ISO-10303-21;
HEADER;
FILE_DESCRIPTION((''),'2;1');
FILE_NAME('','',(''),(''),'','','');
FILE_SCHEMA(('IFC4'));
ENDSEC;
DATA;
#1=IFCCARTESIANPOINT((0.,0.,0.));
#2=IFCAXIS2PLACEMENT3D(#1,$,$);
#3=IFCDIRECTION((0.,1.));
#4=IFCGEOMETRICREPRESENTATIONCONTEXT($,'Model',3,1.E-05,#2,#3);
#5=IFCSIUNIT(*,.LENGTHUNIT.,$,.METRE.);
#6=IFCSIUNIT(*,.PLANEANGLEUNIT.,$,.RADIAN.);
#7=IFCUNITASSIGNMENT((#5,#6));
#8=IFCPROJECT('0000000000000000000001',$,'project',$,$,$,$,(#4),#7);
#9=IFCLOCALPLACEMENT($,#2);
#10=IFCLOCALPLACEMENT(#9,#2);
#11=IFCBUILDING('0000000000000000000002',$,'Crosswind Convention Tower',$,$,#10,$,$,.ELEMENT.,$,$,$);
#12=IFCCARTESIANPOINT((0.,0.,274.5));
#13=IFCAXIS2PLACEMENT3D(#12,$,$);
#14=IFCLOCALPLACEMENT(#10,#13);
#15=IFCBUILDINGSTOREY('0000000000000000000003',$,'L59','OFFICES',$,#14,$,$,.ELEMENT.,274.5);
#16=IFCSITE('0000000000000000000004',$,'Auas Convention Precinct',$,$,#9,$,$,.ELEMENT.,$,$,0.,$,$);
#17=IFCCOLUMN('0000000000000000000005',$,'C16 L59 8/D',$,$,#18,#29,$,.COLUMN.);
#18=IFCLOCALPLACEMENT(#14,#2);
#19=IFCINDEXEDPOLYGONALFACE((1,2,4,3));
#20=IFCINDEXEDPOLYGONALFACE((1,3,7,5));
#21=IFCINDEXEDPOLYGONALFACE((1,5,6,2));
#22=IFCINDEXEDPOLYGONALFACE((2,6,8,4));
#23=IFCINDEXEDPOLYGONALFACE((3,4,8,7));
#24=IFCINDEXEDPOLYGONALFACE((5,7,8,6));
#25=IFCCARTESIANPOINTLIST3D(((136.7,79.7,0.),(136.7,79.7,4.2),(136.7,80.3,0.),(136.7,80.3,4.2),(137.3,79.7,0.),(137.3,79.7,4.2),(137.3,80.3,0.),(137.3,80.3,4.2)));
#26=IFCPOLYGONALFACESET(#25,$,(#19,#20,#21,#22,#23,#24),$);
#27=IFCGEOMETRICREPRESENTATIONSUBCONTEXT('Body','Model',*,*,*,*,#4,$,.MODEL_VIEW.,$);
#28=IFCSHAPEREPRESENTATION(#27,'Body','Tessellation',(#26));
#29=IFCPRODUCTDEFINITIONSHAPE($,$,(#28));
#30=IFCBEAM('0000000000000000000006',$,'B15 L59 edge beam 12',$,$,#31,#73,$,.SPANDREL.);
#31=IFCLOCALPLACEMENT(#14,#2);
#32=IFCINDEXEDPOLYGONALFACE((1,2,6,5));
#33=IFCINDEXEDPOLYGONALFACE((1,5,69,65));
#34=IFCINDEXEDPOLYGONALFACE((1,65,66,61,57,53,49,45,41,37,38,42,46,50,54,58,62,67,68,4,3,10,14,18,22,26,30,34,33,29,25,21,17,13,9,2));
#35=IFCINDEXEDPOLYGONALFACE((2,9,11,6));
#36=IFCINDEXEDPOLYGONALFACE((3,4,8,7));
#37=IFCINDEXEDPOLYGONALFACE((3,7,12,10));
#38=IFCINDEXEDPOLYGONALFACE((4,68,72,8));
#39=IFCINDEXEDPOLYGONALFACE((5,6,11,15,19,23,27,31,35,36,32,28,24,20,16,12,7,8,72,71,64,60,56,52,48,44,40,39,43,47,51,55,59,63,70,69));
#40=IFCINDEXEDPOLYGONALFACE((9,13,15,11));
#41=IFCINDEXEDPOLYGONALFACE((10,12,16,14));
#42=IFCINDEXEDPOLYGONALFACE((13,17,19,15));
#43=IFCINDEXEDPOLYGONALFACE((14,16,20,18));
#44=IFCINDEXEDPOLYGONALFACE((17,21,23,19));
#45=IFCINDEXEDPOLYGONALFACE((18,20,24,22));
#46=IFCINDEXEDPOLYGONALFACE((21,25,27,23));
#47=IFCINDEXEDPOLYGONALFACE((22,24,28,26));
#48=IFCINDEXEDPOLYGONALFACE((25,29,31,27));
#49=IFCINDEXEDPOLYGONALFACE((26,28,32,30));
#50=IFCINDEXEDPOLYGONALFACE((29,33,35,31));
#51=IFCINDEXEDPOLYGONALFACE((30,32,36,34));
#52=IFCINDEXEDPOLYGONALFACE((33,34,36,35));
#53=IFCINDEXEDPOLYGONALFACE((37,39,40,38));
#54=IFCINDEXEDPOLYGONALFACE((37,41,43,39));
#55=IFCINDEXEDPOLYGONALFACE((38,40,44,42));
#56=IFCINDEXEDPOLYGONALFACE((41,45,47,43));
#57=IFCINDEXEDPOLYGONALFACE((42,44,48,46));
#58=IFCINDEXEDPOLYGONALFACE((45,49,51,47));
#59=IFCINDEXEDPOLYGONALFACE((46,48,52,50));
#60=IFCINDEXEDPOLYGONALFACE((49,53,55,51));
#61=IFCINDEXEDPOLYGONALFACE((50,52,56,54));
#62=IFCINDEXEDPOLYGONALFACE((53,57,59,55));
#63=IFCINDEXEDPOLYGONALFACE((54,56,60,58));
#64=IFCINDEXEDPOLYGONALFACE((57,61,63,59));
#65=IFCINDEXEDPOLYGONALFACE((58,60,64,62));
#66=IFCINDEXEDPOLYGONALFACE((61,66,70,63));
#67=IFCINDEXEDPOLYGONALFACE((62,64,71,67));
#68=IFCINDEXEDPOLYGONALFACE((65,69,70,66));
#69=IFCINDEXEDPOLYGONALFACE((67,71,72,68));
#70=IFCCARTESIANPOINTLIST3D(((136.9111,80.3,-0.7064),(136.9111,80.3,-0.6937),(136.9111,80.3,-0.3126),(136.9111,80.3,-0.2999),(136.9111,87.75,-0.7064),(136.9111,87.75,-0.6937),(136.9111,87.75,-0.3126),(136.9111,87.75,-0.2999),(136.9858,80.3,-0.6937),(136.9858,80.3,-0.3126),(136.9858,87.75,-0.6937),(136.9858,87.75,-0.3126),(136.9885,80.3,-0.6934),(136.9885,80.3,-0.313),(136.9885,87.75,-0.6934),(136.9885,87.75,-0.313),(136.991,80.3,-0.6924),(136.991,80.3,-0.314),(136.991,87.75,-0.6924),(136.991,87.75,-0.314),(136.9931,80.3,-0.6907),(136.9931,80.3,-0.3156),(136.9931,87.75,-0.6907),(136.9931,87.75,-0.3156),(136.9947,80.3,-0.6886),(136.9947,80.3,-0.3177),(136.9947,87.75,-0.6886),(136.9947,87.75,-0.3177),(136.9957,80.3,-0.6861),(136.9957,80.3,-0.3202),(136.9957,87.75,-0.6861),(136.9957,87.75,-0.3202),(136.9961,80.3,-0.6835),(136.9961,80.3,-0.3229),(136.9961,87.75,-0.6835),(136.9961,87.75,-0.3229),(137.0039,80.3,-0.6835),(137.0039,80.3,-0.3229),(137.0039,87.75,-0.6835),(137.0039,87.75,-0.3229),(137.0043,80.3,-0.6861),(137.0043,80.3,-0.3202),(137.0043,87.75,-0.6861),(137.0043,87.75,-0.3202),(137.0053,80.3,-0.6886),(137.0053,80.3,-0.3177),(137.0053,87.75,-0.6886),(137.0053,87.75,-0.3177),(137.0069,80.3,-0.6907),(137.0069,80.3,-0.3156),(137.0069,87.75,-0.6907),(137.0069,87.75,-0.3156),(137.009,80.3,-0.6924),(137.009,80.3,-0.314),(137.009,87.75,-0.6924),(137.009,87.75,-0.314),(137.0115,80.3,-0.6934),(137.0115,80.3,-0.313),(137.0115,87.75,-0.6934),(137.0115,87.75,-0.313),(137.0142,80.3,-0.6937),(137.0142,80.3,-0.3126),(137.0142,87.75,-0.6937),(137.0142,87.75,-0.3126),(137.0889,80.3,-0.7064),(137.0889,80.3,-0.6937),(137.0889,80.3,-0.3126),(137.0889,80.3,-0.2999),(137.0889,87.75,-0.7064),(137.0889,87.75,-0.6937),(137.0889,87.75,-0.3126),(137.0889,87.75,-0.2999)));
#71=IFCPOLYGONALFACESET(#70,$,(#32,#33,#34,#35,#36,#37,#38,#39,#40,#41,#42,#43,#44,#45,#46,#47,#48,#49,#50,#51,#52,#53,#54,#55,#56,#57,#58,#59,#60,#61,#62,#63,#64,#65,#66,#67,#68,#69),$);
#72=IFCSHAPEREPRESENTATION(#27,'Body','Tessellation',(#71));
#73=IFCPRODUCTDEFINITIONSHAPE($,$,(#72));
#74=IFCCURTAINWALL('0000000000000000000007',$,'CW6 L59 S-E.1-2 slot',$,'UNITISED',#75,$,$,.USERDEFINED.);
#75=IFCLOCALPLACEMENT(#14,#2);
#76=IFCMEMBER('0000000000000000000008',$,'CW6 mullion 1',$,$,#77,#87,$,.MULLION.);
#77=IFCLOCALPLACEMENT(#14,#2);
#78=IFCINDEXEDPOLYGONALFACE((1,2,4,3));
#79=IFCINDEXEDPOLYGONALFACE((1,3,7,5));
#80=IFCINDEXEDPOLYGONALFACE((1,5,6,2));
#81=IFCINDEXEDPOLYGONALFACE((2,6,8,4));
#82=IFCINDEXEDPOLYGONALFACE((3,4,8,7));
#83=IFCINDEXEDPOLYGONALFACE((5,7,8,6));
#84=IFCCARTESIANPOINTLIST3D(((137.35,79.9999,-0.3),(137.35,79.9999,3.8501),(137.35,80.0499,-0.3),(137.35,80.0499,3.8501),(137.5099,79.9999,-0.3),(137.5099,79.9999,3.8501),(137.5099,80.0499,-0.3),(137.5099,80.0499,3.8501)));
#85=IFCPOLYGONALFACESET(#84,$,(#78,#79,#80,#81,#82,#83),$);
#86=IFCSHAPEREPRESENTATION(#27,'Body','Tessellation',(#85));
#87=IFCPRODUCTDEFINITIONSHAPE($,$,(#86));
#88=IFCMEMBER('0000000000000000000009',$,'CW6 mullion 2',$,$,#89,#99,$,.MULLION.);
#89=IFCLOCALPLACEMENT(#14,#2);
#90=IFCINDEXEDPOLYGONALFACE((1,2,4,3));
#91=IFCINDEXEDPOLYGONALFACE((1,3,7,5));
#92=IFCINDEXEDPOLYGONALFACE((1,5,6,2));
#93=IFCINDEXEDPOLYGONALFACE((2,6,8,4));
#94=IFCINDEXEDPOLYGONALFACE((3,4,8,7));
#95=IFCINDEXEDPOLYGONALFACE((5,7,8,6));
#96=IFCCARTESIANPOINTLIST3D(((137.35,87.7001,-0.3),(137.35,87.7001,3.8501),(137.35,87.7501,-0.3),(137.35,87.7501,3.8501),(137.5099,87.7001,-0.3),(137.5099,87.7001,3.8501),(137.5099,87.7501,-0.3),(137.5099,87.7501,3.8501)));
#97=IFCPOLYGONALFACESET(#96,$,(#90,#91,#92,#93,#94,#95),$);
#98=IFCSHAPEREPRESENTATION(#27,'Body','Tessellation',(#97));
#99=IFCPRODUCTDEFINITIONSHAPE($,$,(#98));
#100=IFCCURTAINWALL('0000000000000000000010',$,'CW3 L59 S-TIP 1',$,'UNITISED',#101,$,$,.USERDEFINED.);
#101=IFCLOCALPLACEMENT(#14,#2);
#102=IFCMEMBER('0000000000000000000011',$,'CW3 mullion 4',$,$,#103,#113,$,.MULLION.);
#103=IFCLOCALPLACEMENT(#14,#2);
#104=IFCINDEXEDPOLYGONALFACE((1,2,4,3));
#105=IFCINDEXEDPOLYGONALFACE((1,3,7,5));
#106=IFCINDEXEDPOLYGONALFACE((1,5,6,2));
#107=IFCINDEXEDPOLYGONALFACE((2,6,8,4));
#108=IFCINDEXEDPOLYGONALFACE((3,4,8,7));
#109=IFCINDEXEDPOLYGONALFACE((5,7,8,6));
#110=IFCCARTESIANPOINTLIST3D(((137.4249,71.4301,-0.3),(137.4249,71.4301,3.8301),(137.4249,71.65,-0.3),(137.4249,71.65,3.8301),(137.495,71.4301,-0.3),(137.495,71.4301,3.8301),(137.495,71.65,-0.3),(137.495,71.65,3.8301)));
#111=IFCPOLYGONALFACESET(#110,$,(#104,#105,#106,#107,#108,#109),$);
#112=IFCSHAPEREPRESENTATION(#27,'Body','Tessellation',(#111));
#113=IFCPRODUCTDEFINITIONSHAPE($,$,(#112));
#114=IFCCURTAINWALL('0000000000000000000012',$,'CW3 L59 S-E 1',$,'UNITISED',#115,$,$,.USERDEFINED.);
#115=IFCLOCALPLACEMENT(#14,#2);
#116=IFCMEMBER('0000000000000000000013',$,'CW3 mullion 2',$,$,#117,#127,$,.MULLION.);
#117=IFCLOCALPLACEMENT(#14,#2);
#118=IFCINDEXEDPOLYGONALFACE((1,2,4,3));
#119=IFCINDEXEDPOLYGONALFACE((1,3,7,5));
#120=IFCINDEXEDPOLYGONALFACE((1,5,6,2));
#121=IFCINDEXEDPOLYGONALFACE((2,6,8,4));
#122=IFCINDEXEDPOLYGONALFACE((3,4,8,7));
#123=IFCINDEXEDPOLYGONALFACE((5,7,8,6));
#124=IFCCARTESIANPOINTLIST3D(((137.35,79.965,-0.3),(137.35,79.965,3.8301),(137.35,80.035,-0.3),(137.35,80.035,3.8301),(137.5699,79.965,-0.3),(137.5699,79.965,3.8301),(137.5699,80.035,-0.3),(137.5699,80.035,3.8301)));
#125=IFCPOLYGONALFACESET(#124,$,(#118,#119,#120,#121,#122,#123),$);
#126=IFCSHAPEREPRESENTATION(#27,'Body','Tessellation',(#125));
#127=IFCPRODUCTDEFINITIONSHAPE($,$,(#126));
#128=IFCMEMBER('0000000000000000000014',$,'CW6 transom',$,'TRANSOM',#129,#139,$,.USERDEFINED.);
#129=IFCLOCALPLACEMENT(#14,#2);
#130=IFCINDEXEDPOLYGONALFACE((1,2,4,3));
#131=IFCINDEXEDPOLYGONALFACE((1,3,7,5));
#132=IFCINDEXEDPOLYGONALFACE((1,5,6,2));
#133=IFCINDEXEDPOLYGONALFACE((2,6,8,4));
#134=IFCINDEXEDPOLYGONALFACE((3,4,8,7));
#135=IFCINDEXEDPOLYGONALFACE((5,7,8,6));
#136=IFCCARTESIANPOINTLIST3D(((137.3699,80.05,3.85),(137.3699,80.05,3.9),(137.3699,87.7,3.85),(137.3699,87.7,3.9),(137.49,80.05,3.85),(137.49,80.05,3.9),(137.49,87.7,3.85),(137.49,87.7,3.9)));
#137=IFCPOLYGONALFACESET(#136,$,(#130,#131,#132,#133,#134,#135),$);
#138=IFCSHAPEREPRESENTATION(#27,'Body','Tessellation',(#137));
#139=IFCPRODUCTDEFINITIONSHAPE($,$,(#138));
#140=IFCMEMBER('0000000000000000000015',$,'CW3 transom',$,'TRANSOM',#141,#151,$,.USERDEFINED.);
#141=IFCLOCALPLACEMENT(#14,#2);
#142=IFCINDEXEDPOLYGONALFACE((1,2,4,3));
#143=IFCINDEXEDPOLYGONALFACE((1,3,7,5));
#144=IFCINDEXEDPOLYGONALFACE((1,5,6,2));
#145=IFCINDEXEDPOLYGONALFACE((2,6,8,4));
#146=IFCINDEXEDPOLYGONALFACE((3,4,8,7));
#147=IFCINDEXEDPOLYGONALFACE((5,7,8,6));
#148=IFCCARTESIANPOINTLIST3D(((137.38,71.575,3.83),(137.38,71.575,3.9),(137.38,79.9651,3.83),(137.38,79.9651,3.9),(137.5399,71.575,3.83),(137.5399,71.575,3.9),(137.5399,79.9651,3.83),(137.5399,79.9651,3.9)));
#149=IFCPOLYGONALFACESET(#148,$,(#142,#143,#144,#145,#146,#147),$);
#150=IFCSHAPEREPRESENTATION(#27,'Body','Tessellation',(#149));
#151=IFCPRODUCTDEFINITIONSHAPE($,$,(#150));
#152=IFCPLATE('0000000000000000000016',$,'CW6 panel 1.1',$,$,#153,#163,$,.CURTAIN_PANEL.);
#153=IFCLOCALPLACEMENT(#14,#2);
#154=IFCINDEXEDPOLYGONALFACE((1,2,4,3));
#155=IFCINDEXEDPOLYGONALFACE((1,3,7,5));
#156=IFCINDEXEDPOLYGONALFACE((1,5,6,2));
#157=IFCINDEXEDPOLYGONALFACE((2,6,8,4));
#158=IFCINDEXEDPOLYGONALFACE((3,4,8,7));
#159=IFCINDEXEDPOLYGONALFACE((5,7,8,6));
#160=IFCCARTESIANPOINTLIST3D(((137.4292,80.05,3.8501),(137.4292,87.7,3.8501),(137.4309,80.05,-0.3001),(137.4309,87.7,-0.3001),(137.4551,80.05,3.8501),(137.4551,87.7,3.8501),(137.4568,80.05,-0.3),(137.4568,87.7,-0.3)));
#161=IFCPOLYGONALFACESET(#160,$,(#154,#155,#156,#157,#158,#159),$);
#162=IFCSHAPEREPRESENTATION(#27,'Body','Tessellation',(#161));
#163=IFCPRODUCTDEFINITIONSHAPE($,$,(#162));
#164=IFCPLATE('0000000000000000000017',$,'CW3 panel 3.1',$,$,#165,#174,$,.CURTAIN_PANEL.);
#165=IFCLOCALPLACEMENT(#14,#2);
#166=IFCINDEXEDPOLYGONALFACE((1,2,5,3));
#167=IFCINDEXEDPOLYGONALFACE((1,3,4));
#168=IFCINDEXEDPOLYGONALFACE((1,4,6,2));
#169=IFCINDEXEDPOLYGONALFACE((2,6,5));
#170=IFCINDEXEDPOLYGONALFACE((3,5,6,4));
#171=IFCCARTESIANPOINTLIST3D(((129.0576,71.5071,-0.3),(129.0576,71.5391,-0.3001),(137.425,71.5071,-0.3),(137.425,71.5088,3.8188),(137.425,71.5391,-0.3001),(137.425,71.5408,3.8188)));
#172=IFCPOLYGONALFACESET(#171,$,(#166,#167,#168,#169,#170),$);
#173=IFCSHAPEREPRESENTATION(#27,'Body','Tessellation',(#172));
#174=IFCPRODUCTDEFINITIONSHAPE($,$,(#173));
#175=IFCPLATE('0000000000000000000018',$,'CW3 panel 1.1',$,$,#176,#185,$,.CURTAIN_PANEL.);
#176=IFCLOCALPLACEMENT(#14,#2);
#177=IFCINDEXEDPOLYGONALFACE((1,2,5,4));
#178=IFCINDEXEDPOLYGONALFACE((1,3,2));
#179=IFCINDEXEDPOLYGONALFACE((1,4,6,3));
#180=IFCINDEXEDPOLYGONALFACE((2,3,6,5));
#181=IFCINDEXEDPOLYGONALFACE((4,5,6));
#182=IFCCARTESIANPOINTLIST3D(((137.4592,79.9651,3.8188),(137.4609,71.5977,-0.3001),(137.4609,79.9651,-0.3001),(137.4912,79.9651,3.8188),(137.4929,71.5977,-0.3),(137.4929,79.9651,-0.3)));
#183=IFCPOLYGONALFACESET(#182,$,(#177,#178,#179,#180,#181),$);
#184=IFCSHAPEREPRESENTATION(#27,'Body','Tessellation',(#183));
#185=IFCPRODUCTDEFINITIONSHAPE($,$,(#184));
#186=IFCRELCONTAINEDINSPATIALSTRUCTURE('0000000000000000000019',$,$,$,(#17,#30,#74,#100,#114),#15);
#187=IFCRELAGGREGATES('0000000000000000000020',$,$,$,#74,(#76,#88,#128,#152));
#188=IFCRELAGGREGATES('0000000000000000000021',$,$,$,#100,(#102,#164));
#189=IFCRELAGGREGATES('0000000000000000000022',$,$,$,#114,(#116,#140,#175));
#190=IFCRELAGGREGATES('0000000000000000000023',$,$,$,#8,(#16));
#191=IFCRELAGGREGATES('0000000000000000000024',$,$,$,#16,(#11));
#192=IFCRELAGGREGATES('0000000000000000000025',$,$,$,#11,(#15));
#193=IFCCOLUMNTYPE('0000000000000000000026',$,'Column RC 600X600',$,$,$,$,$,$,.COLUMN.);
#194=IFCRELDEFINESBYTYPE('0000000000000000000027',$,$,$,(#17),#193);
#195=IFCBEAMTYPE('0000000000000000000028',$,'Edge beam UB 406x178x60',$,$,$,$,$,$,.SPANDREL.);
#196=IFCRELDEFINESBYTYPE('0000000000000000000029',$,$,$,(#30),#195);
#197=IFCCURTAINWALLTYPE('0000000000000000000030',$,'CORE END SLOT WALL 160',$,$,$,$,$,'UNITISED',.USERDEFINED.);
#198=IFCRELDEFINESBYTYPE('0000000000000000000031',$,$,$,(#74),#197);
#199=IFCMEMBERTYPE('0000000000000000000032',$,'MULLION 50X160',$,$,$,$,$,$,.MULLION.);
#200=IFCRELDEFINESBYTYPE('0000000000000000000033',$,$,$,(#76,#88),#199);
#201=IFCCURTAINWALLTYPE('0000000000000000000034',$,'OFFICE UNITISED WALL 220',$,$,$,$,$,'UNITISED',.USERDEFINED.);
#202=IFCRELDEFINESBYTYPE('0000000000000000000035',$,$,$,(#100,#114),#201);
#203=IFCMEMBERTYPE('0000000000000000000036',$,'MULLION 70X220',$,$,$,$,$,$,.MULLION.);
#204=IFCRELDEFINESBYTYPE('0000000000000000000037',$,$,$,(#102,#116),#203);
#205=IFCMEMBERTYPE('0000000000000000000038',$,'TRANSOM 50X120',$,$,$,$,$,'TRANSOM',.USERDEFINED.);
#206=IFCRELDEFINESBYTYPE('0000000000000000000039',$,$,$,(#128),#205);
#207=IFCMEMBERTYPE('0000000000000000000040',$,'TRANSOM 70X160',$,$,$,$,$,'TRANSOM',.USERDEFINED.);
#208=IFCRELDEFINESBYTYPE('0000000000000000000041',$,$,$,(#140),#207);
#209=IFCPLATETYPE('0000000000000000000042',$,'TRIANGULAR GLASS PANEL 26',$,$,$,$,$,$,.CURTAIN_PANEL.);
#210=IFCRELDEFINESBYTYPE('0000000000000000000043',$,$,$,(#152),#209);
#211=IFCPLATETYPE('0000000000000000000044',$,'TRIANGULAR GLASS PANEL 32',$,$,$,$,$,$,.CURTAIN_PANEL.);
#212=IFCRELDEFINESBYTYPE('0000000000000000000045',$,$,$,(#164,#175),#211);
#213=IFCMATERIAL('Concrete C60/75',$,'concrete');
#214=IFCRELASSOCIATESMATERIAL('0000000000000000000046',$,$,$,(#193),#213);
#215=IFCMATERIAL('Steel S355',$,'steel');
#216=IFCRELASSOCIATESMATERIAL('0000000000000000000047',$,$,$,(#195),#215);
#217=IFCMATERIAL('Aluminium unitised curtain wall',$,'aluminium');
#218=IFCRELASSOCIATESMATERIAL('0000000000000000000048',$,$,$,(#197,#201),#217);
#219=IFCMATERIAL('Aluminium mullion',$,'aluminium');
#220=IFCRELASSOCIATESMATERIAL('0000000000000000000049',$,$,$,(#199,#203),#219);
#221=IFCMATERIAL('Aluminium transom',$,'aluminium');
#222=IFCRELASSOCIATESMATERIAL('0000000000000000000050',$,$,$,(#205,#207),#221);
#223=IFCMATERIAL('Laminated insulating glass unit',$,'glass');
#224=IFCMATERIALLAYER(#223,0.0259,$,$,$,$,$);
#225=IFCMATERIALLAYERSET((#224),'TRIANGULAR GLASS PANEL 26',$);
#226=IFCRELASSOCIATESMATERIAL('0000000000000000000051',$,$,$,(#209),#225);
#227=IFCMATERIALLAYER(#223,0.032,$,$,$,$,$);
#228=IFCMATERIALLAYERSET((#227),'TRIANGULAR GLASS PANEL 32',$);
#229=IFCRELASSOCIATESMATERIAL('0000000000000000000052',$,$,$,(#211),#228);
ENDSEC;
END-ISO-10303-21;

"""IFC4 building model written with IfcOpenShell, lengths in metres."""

from ifc_helpers import new_model, si_unit, direction, frame, origin, origin_2d, place, context, subcontext, project, spatial, polyline, rectangle, i_section, outline, extrude, material, layer, layer_set, material_profile, profile_set, type_object, element, aggregate, save


model = new_model("IFC4")

# Units and contexts
model_context = context("Model", 3, precision=1e-05, world=origin(), true_north=direction((0.0, 1.0)))
body_context = subcontext(model_context, "Body", "Model", "MODEL_VIEW")
ifc_project = project(units=[si_unit("LENGTHUNIT", "METRE"), si_unit("PLANEANGLEUNIT", "RADIAN")], contexts=[model_context])

# Site, building, storey
site_placement = place(None, origin())
site = spatial("IfcSite", under=ifc_project, at=site_placement, Name="Auas Convention Precinct", CompositionType="ELEMENT", RefElevation=0.0)
building_placement = place(site_placement, origin())
building = spatial("IfcBuilding", under=site, at=building_placement, Name="Crosswind Convention Tower", CompositionType="ELEMENT")
storey_placement = place(building_placement, frame((0.0, 0.0, 274.5)))
storey = spatial("IfcBuildingStorey", under=building, at=storey_placement, Name="L59", Description="OFFICES", CompositionType="ELEMENT", Elevation=274.5)

# Column
ifc_material_1 = material(Name="Concrete C60/75", Category="concrete")
ifc_material_profile_1 = material_profile(ifc_material_1, rectangle(XDim=0.6001, YDim=0.6001, at=origin_2d()), Name="RC 600X600")
ifc_profile_set_1 = profile_set([ifc_material_profile_1], Name="Concrete C60/75")
column_type = type_object("IfcColumnType", Name="Column RC 600X600", PredefinedType="COLUMN", material=ifc_profile_set_1)
column_placement = place(storey_placement, frame((137.0, 80.0, 0.0), z_axis=(0.0, 0.0, 1.0), x_axis=(1.0, 0.0, 0.0)))
element("IfcColumn", 1, at=column_placement, inside=storey, type_object=column_type, Name="C16 L59 8/D", PredefinedType="COLUMN", context=body_context, shape_type="SweptSolid", body=[
    extrude(rectangle(XDim=0.6001, YDim=0.6001, at=origin_2d()), origin(), (0.0, 0.0, 1.0), 4.2),
])

# Beam
ifc_material_2 = material(Name="Steel S355", Category="steel")
ifc_material_profile_2 = material_profile(ifc_material_2, i_section(OverallWidth=0.1777, OverallDepth=0.4065, WebThickness=0.0078, FlangeThickness=0.0127, FilletRadius=0.0103, at=origin_2d()), Name="UB 406x178x60")
ifc_profile_set_2 = profile_set([ifc_material_profile_2], Name="Steel S355")
beam_type = type_object("IfcBeamType", Name="Edge beam UB 406x178x60", PredefinedType="SPANDREL", material=ifc_profile_set_2)
beam_placement = place(storey_placement, frame((137.0, 80.3, -0.5032), z_axis=(0.0, 1.0, 0.0), x_axis=(-1.0, 0.0, 0.0)))
element("IfcBeam", 2, at=beam_placement, inside=storey, type_object=beam_type, Name="B15 L59 edge beam 12", PredefinedType="SPANDREL", context=body_context, shape_type="SweptSolid", body=[
    extrude(i_section(OverallWidth=0.1777, OverallDepth=0.4065, WebThickness=0.0078, FlangeThickness=0.0127, FilletRadius=0.0103, at=origin_2d()), origin(), (0.0, 0.0, 1.0), 7.45),
])

# Curtain wall, members
ifc_material_3 = material(Name="Aluminium unitised curtain wall", Category="aluminium")
curtain_wall_type_1 = type_object("IfcCurtainWallType", Name="CORE END SLOT WALL 160", ElementType="UNITISED", PredefinedType="USERDEFINED", material=ifc_material_3)
curtain_wall_1_placement = place(storey_placement, origin())
curtain_wall_1 = element("IfcCurtainWall", 3, at=curtain_wall_1_placement, inside=storey, type_object=curtain_wall_type_1, Name="CW6 L59 S-E.1-2 slot", ObjectType="UNITISED", PredefinedType="USERDEFINED")
ifc_material_4 = material(Name="Aluminium mullion", Category="aluminium")
ifc_material_profile_3 = material_profile(ifc_material_4, rectangle(XDim=0.1599, YDim=0.05, at=origin_2d()), Name="AL 160X50")
ifc_profile_set_3 = profile_set([ifc_material_profile_3], Name="Aluminium mullion")
member_type_1 = type_object("IfcMemberType", Name="MULLION 50X160", PredefinedType="MULLION", material=ifc_profile_set_3)
member_1_placement = place(storey_placement, frame((137.4299, 80.0249, -0.3), z_axis=(0.0, 0.0, 1.0), x_axis=(1.0, 0.0, 0.0)))
member_1 = element("IfcMember", 4, at=member_1_placement, type_object=member_type_1, Name="CW6 mullion 1", PredefinedType="MULLION", context=body_context, shape_type="SweptSolid", body=[
    extrude(rectangle(XDim=0.1599, YDim=0.05, at=origin_2d()), origin(), (0.0, 0.0, 1.0), 4.1501),
])
member_2_placement = place(storey_placement, frame((137.4299, 87.7251, -0.3), z_axis=(0.0, 0.0, 1.0), x_axis=(1.0, 0.0, 0.0)))
member_2 = element("IfcMember", 5, at=member_2_placement, type_object=member_type_1, Name="CW6 mullion 2", PredefinedType="MULLION", context=body_context, shape_type="SweptSolid", body=[
    extrude(rectangle(XDim=0.1599, YDim=0.05, at=origin_2d()), origin(), (0.0, 0.0, 1.0), 4.1501),
])

# Curtain walls, members
curtain_wall_type_2 = type_object("IfcCurtainWallType", Name="OFFICE UNITISED WALL 220", ElementType="UNITISED", PredefinedType="USERDEFINED", material=ifc_material_3)
curtain_wall_2_placement = place(storey_placement, origin())
curtain_wall_2 = element("IfcCurtainWall", 6, at=curtain_wall_2_placement, inside=storey, type_object=curtain_wall_type_2, Name="CW3 L59 S-TIP 1", ObjectType="UNITISED", PredefinedType="USERDEFINED")
ifc_material_profile_4 = material_profile(ifc_material_4, rectangle(XDim=0.22, YDim=0.0701, at=origin_2d()), Name="AL 220X70")
ifc_profile_set_4 = profile_set([ifc_material_profile_4], Name="Aluminium mullion")
member_type_2 = type_object("IfcMemberType", Name="MULLION 70X220", PredefinedType="MULLION", material=ifc_profile_set_4)
member_3_placement = place(storey_placement, frame((137.46, 71.54, -0.3), z_axis=(0.0, 0.0, 1.0), x_axis=(0.0, -1.0, 0.0)))
member_3 = element("IfcMember", 7, at=member_3_placement, type_object=member_type_2, Name="CW3 mullion 4", PredefinedType="MULLION", context=body_context, shape_type="SweptSolid", body=[
    extrude(rectangle(XDim=0.22, YDim=0.0701, at=origin_2d()), origin(), (0.0, 0.0, 1.0), 4.1301),
])
curtain_wall_3_placement = place(storey_placement, origin())
curtain_wall_3 = element("IfcCurtainWall", 8, at=curtain_wall_3_placement, inside=storey, type_object=curtain_wall_type_2, Name="CW3 L59 S-E 1", ObjectType="UNITISED", PredefinedType="USERDEFINED")
member_4_placement = place(storey_placement, frame((137.46, 80.0, -0.3), z_axis=(0.0, 0.0, 1.0), x_axis=(1.0, 0.0, 0.0)))
member_4 = element("IfcMember", 9, at=member_4_placement, type_object=member_type_2, Name="CW3 mullion 2", PredefinedType="MULLION", context=body_context, shape_type="SweptSolid", body=[
    extrude(rectangle(XDim=0.22, YDim=0.0701, at=origin_2d()), origin(), (0.0, 0.0, 1.0), 4.1301),
])

# Members
ifc_material_5 = material(Name="Aluminium transom", Category="aluminium")
ifc_material_profile_5 = material_profile(ifc_material_5, rectangle(XDim=0.1201, YDim=0.05, at=origin_2d()), Name="AL 120X50")
ifc_profile_set_5 = profile_set([ifc_material_profile_5], Name="Aluminium transom")
member_type_3 = type_object("IfcMemberType", Name="TRANSOM 50X120", ElementType="TRANSOM", PredefinedType="USERDEFINED", material=ifc_profile_set_5)
member_5_placement = place(storey_placement, frame((137.4299, 80.05, 3.875), z_axis=(0.0, 1.0, 0.0), x_axis=(-1.0, 0.0, 0.0)))
member_5 = element("IfcMember", 10, at=member_5_placement, type_object=member_type_3, Name="CW6 transom", ObjectType="TRANSOM", PredefinedType="USERDEFINED", context=body_context, shape_type="SweptSolid", body=[
    extrude(rectangle(XDim=0.1201, YDim=0.05, at=origin_2d()), origin(), (0.0, 0.0, 1.0), 7.6499),
])
ifc_material_profile_6 = material_profile(ifc_material_5, rectangle(XDim=0.1599, YDim=0.0701, at=origin_2d()), Name="AL 160X70")
ifc_profile_set_6 = profile_set([ifc_material_profile_6], Name="Aluminium transom")
member_type_4 = type_object("IfcMemberType", Name="TRANSOM 70X160", ElementType="TRANSOM", PredefinedType="USERDEFINED", material=ifc_profile_set_6)
member_6_placement = place(storey_placement, frame((137.46, 71.575, 3.865), z_axis=(0.0, 1.0, 0.0), x_axis=(-1.0, 0.0, 0.0)))
member_6 = element("IfcMember", 11, at=member_6_placement, type_object=member_type_4, Name="CW3 transom", ObjectType="TRANSOM", PredefinedType="USERDEFINED", context=body_context, shape_type="SweptSolid", body=[
    extrude(rectangle(XDim=0.1599, YDim=0.0701, at=origin_2d()), origin(), (0.0, 0.0, 1.0), 8.3901),
])

# Plates
ifc_material_6 = material(Name="Laminated insulating glass unit", Category="glass")
ifc_layer_1 = layer(ifc_material_6, 0.0259)
ifc_layer_set_1 = layer_set([ifc_layer_1], Name="TRIANGULAR GLASS PANEL 26")
plate_type_1 = type_object("IfcPlateType", Name="TRIANGULAR GLASS PANEL 26", PredefinedType="CURTAIN_PANEL", material=ifc_layer_set_1)
plate_1_placement = place(storey_placement, frame((137.4568, 80.05, -0.3), z_axis=(1.0, 0.0, 0.000412), x_axis=(0.0, 1.0, 0.0)))
plate_1 = element("IfcPlate", 12, at=plate_1_placement, type_object=plate_type_1, Name="CW6 panel 1.1", PredefinedType="CURTAIN_PANEL", context=body_context, shape_type="SweptSolid", body=[
    extrude(outline(polyline([(0.0, 0.0), (7.6499, 0.0), (7.6499, 4.1501), (0.0, 4.1501), (0.0, 0.0)])), origin(), (0.0, 0.0, -1.0), 0.0259),
])
aggregate(curtain_wall_1, [member_1, member_2, member_5, plate_1])
ifc_layer_2 = layer(ifc_material_6, 0.032)
ifc_layer_set_2 = layer_set([ifc_layer_2], Name="TRIANGULAR GLASS PANEL 32")
plate_type_2 = type_object("IfcPlateType", Name="TRIANGULAR GLASS PANEL 32", PredefinedType="CURTAIN_PANEL", material=ifc_layer_set_2)
plate_2_placement = place(storey_placement, frame((137.425, 71.5071, -0.3), z_axis=(0.0, -1.0, 0.000415), x_axis=(0.0, 0.000415, 1.0)))
plate_2 = element("IfcPlate", 13, at=plate_2_placement, type_object=plate_type_2, Name="CW3 panel 3.1", PredefinedType="CURTAIN_PANEL", context=body_context, shape_type="SweptSolid", body=[
    extrude(outline(polyline([(0.0, 0.0), (4.1189, 0.0), (0.0, 8.3674), (0.0, 0.0)])), origin(), (0.0, 0.0, -1.0), 0.032),
])
aggregate(curtain_wall_2, [member_3, plate_2])
plate_3_placement = place(storey_placement, frame((137.4929, 79.9651, -0.3), z_axis=(1.0, 0.0, 0.000415), x_axis=(-0.000415, 0.0, 1.0)))
plate_3 = element("IfcPlate", 14, at=plate_3_placement, type_object=plate_type_2, Name="CW3 panel 1.1", PredefinedType="CURTAIN_PANEL", context=body_context, shape_type="SweptSolid", body=[
    extrude(outline(polyline([(0.0, 0.0), (4.1189, 0.0), (0.0, 8.3674), (0.0, 0.0)])), origin(), (0.0, 0.0, -1.0), 0.032),
])

aggregate(curtain_wall_3, [member_4, member_6, plate_3])

save(model, "model.ifc")
